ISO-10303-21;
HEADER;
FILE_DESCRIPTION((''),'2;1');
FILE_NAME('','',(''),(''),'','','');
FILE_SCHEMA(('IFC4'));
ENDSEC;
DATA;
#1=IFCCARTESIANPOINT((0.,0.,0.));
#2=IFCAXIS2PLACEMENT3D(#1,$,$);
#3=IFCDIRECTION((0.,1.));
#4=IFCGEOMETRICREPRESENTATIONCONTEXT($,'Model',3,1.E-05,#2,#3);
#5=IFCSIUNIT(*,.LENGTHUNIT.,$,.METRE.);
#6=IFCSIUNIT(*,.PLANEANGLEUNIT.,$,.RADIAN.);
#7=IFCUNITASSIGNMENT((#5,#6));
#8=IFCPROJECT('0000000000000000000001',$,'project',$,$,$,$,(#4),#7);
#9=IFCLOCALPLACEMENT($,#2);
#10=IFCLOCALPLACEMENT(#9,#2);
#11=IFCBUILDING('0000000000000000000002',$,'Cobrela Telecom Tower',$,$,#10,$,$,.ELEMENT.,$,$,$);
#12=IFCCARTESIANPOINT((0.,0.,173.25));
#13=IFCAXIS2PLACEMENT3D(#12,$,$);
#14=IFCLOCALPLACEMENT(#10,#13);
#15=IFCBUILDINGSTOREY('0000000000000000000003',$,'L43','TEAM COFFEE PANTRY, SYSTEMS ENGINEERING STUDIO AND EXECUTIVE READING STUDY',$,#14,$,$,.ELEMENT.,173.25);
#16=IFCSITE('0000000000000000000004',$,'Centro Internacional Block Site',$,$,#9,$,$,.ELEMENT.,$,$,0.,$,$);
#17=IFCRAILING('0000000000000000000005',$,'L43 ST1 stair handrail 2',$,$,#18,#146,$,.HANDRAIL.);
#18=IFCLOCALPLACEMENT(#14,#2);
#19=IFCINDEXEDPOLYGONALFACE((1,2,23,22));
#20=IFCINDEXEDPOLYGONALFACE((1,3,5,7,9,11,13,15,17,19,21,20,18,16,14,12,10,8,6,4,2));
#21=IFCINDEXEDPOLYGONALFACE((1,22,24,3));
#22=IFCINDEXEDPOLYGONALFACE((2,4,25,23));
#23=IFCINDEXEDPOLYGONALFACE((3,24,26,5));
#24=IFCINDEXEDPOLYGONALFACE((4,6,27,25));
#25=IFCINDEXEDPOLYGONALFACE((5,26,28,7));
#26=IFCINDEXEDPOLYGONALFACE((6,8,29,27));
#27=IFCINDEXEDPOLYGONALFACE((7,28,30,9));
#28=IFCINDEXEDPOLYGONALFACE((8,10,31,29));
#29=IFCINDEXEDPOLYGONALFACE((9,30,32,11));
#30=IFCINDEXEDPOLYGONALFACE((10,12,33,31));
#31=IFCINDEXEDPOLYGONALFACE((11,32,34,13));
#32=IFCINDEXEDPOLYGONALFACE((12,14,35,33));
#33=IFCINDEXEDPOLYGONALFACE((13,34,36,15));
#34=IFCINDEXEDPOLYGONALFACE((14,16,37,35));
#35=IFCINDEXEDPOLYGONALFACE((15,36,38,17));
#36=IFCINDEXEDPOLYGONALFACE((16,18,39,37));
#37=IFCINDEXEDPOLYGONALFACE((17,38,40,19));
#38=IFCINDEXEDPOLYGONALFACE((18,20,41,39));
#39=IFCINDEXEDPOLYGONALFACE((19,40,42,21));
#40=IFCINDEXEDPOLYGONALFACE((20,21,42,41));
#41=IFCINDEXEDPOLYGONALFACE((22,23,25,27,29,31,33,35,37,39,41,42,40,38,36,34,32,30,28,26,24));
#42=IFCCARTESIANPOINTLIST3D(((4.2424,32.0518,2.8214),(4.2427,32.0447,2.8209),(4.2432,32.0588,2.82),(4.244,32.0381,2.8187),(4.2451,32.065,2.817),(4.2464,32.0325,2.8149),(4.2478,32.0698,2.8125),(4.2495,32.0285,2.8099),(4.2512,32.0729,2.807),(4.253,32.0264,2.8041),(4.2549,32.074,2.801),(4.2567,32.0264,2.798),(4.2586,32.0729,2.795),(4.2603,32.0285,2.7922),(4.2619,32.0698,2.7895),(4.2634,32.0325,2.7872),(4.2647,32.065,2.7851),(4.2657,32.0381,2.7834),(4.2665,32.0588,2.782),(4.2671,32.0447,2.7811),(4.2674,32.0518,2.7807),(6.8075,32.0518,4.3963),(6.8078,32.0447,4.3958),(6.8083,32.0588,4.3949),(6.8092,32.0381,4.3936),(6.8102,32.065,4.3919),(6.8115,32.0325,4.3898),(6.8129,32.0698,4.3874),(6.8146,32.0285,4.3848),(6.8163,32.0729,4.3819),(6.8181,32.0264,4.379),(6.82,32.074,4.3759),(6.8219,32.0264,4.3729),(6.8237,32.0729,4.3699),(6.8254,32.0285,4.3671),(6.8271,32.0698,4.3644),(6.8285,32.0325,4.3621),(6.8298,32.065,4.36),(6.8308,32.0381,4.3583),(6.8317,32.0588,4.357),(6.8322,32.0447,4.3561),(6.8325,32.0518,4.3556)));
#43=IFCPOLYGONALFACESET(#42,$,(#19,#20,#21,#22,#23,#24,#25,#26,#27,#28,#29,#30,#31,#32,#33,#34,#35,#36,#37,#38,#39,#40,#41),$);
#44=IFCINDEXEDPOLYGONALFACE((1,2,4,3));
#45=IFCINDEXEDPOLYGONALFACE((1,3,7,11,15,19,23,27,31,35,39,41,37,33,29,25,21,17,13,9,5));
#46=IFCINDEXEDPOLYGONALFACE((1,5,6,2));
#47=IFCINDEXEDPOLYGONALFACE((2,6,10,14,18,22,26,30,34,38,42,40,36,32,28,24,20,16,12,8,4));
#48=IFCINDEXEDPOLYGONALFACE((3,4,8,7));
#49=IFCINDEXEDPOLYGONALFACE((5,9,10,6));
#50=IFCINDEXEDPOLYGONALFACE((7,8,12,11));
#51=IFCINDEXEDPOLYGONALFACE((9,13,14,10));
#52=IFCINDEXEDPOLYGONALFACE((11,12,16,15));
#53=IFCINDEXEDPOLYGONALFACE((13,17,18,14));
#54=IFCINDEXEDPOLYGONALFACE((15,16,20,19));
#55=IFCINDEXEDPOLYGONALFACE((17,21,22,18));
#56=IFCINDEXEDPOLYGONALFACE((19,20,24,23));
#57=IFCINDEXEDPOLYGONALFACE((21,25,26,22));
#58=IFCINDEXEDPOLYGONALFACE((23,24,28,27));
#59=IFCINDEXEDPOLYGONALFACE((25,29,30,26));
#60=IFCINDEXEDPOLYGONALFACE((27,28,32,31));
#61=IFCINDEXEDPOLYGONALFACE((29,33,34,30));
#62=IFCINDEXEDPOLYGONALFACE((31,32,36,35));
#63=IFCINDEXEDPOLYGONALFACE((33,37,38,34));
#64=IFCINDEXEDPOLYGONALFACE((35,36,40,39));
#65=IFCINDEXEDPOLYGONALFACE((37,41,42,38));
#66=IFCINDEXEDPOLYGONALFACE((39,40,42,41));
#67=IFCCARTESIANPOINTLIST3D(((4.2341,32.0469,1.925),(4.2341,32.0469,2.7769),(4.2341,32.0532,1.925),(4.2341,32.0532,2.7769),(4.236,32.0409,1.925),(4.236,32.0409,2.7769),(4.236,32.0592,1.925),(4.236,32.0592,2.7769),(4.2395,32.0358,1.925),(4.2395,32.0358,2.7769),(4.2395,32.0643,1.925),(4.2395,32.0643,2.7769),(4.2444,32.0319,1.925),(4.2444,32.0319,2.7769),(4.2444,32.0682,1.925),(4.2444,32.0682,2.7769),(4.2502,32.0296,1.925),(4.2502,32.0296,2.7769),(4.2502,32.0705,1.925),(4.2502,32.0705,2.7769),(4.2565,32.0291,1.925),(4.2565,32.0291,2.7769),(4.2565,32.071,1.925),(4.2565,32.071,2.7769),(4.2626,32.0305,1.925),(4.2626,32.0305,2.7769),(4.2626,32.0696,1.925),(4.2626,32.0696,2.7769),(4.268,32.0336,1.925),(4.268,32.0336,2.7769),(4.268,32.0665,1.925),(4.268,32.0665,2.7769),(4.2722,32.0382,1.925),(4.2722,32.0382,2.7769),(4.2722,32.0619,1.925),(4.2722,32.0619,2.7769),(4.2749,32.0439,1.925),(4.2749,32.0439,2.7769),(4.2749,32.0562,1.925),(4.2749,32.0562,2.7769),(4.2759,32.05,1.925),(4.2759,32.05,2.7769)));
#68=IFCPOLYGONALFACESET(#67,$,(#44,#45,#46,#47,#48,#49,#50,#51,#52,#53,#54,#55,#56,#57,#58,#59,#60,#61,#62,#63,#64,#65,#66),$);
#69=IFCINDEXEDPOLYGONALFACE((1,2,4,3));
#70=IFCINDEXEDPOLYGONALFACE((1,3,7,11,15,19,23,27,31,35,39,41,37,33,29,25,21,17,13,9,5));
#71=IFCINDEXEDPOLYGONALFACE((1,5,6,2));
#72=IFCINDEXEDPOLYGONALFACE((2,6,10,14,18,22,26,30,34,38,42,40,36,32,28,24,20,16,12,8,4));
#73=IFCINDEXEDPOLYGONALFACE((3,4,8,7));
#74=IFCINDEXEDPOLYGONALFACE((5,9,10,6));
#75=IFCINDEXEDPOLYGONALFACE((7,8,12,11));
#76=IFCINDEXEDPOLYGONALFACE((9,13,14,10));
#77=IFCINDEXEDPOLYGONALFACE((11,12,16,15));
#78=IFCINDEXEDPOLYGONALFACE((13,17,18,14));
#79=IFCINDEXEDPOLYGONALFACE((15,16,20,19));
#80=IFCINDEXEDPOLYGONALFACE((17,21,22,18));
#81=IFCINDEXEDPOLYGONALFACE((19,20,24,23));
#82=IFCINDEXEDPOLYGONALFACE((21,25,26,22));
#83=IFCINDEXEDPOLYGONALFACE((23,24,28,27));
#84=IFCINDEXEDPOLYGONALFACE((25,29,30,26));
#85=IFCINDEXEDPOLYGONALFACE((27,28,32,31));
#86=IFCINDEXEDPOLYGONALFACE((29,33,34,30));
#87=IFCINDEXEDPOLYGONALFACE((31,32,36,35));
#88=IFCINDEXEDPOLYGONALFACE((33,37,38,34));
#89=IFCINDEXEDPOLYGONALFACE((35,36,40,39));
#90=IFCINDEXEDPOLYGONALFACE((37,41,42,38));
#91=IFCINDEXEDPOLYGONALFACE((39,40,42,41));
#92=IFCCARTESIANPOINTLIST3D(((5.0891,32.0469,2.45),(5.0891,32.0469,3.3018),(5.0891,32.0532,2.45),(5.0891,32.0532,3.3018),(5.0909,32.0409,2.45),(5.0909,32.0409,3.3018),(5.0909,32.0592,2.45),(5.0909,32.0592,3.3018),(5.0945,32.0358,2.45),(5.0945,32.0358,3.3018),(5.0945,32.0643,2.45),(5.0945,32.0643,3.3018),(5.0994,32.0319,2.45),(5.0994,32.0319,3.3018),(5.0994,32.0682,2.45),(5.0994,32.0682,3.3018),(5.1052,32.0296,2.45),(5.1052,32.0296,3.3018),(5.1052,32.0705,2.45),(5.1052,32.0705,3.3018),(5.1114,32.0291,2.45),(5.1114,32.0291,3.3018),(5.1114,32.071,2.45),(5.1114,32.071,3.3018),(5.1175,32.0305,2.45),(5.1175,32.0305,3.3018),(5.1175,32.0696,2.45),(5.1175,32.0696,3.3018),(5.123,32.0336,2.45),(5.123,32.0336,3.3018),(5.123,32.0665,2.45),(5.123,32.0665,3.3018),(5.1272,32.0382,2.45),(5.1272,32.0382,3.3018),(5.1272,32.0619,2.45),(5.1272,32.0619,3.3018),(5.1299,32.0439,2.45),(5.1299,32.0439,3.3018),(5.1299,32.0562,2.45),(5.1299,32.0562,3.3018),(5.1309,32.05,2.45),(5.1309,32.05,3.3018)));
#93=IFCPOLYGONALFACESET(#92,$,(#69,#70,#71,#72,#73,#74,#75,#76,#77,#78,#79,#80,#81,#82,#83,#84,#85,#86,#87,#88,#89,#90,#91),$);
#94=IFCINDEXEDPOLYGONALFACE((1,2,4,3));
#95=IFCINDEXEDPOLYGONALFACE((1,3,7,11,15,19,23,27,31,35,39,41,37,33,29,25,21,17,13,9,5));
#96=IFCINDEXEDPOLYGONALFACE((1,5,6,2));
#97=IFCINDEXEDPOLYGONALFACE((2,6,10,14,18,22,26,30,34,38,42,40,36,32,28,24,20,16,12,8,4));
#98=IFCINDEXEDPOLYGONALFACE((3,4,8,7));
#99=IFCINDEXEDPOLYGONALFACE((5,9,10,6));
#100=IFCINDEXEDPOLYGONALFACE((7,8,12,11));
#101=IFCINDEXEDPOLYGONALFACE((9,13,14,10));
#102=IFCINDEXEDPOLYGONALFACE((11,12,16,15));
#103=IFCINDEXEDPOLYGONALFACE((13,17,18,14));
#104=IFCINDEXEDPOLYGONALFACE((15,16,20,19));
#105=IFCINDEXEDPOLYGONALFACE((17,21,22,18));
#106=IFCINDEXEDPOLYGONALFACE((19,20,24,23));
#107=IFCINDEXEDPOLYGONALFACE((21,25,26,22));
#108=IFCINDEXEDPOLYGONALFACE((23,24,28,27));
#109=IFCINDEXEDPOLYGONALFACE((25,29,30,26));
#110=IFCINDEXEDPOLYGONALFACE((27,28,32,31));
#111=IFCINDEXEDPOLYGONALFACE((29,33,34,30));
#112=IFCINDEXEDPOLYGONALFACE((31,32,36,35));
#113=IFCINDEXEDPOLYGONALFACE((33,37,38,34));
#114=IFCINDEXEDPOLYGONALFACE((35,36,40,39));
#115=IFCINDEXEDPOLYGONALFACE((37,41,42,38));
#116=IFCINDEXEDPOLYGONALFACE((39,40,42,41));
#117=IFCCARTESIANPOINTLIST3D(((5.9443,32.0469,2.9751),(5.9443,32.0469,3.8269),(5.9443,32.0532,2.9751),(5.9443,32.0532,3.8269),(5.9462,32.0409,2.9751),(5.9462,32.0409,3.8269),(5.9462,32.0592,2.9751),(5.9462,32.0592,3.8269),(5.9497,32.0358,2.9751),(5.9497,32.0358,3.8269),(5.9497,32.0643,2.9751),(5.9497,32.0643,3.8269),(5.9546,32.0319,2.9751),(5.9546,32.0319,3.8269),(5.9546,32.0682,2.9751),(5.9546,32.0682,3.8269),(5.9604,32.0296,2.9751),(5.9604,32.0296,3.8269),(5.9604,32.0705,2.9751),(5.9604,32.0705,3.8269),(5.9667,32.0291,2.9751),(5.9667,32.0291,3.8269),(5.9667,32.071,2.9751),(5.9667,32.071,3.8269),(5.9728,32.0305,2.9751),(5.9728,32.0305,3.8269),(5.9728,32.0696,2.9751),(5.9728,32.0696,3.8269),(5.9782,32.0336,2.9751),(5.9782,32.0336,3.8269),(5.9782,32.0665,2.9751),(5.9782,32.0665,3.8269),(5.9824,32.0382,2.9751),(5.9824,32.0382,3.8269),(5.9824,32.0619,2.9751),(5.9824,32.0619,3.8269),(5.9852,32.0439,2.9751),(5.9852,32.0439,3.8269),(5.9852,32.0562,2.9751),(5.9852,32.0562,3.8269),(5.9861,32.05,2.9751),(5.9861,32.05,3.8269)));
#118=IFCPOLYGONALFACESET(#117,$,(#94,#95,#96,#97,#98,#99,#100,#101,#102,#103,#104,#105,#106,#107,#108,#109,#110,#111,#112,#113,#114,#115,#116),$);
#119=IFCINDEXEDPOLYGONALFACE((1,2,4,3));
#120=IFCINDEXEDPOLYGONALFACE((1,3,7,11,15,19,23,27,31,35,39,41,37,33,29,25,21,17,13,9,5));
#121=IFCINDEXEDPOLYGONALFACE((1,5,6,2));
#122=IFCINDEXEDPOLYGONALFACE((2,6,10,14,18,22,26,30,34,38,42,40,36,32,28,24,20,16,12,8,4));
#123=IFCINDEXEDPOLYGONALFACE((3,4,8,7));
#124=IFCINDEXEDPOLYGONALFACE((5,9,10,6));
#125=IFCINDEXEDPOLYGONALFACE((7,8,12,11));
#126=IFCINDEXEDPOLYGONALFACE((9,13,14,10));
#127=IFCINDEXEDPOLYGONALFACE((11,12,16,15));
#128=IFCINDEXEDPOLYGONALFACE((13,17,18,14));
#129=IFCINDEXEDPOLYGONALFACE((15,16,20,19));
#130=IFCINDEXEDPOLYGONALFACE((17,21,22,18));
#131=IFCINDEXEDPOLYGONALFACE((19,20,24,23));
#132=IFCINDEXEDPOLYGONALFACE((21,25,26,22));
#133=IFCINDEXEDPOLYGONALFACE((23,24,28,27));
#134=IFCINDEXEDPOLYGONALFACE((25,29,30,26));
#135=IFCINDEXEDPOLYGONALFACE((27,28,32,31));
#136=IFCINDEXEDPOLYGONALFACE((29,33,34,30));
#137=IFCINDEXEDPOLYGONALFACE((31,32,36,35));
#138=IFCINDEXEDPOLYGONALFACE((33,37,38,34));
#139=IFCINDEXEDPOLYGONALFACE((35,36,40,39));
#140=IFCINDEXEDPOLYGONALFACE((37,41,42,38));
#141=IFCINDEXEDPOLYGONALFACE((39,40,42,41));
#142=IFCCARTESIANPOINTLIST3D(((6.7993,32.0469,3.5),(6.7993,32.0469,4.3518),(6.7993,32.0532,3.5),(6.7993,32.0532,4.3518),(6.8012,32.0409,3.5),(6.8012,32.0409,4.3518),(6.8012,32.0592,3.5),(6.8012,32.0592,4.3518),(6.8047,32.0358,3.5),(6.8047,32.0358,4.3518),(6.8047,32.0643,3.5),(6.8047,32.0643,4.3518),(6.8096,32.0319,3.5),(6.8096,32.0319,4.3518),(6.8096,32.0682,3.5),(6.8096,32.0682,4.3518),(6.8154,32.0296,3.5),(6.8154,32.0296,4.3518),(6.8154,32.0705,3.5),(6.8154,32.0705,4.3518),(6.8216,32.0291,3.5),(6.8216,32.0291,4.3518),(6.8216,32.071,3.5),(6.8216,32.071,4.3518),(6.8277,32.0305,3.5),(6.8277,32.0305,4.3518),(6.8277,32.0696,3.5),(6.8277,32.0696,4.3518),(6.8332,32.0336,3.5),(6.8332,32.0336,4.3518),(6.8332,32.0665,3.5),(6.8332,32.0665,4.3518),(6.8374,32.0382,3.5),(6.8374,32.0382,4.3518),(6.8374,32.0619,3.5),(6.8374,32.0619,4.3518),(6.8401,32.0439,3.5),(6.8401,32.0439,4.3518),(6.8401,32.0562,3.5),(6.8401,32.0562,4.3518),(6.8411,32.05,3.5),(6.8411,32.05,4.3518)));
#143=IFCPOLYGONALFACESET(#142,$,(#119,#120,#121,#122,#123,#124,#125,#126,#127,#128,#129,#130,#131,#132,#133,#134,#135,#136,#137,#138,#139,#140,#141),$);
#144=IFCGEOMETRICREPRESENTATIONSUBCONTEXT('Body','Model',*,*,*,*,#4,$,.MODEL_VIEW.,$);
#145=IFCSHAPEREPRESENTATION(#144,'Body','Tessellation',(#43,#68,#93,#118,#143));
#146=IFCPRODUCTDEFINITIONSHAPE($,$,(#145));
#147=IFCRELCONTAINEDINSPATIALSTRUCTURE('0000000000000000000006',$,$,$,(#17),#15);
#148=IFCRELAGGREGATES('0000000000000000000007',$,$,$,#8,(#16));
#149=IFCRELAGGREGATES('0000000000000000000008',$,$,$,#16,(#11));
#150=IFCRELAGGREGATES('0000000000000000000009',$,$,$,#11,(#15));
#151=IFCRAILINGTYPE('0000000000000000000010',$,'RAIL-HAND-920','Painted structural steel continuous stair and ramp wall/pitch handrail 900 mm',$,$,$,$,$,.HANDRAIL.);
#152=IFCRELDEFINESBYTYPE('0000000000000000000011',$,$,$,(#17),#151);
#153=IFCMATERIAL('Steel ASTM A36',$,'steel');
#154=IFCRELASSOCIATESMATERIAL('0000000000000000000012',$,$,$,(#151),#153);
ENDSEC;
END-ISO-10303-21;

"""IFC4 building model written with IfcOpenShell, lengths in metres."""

from ifc_helpers import new_model, si_unit, direction, frame, origin, origin_2d, place, context, subcontext, project, spatial, circle, extrude, material, type_object, element, save


model = new_model("IFC4")

# Units and contexts
model_context = context("Model", 3, precision=1e-05, world=origin(), true_north=direction((0.0, 1.0)))
body_context = subcontext(model_context, "Body", "Model", "MODEL_VIEW")
ifc_project = project(units=[si_unit("LENGTHUNIT", "METRE"), si_unit("PLANEANGLEUNIT", "RADIAN")], contexts=[model_context])

# Site, building, storey
site_placement = place(None, origin())
site = spatial("IfcSite", under=ifc_project, at=site_placement, Name="Centro Internacional Block Site", CompositionType="ELEMENT", RefElevation=0.0)
building_placement = place(site_placement, origin())
building = spatial("IfcBuilding", under=site, at=building_placement, Name="Cobrela Telecom Tower", CompositionType="ELEMENT")
storey_placement = place(building_placement, frame((0.0, 0.0, 173.25)))
storey = spatial("IfcBuildingStorey", under=building, at=storey_placement, Name="L43", Description="TEAM COFFEE PANTRY, SYSTEMS ENGINEERING STUDIO AND EXECUTIVE READING STUDY", CompositionType="ELEMENT", Elevation=173.25)

# Shared definitions
ifc_material_1 = material(Name="Steel ASTM A36", Category="steel")

# Railing
railing_type_1 = type_object("IfcRailingType", Name="RAIL-HAND-920", Description="Painted structural steel continuous stair and ramp wall/pitch handrail 900 mm", PredefinedType="HANDRAIL", material=ifc_material_1)
railing_1_placement = place(storey_placement, frame((4.2549, 32.05, 1.925)))
element("IfcRailing", 1, at=railing_1_placement, inside=storey, type_object=railing_type_1, Name="L43 ST1 stair handrail 2", PredefinedType="HANDRAIL", context=body_context, shape_type="SweptSolid", body=[
    extrude(circle(Radius=0.0239, at=origin_2d()), frame((0.0, 0.0, 0.876), z_axis=(0.852195, 0.0, 0.523224), x_axis=(0.0, 1.0, 0.0)), (0.0, 0.0, 1.0), 3.01),
    extrude(circle(Radius=0.021, at=origin_2d()), origin(), (0.0, 0.0, 1.0), 0.8518),
    extrude(circle(Radius=0.021, at=origin_2d()), frame((0.855, 0.0, 0.5249)), (0.0, 0.0, 1.0), 0.8518),
    extrude(circle(Radius=0.021, at=origin_2d()), frame((1.7102, 0.0, 1.05)), (0.0, 0.0, 1.0), 0.8518),
    extrude(circle(Radius=0.021, at=origin_2d()), frame((2.5652, 0.0, 1.575)), (0.0, 0.0, 1.0), 0.8518),
])

save(model, "model.ifc")
